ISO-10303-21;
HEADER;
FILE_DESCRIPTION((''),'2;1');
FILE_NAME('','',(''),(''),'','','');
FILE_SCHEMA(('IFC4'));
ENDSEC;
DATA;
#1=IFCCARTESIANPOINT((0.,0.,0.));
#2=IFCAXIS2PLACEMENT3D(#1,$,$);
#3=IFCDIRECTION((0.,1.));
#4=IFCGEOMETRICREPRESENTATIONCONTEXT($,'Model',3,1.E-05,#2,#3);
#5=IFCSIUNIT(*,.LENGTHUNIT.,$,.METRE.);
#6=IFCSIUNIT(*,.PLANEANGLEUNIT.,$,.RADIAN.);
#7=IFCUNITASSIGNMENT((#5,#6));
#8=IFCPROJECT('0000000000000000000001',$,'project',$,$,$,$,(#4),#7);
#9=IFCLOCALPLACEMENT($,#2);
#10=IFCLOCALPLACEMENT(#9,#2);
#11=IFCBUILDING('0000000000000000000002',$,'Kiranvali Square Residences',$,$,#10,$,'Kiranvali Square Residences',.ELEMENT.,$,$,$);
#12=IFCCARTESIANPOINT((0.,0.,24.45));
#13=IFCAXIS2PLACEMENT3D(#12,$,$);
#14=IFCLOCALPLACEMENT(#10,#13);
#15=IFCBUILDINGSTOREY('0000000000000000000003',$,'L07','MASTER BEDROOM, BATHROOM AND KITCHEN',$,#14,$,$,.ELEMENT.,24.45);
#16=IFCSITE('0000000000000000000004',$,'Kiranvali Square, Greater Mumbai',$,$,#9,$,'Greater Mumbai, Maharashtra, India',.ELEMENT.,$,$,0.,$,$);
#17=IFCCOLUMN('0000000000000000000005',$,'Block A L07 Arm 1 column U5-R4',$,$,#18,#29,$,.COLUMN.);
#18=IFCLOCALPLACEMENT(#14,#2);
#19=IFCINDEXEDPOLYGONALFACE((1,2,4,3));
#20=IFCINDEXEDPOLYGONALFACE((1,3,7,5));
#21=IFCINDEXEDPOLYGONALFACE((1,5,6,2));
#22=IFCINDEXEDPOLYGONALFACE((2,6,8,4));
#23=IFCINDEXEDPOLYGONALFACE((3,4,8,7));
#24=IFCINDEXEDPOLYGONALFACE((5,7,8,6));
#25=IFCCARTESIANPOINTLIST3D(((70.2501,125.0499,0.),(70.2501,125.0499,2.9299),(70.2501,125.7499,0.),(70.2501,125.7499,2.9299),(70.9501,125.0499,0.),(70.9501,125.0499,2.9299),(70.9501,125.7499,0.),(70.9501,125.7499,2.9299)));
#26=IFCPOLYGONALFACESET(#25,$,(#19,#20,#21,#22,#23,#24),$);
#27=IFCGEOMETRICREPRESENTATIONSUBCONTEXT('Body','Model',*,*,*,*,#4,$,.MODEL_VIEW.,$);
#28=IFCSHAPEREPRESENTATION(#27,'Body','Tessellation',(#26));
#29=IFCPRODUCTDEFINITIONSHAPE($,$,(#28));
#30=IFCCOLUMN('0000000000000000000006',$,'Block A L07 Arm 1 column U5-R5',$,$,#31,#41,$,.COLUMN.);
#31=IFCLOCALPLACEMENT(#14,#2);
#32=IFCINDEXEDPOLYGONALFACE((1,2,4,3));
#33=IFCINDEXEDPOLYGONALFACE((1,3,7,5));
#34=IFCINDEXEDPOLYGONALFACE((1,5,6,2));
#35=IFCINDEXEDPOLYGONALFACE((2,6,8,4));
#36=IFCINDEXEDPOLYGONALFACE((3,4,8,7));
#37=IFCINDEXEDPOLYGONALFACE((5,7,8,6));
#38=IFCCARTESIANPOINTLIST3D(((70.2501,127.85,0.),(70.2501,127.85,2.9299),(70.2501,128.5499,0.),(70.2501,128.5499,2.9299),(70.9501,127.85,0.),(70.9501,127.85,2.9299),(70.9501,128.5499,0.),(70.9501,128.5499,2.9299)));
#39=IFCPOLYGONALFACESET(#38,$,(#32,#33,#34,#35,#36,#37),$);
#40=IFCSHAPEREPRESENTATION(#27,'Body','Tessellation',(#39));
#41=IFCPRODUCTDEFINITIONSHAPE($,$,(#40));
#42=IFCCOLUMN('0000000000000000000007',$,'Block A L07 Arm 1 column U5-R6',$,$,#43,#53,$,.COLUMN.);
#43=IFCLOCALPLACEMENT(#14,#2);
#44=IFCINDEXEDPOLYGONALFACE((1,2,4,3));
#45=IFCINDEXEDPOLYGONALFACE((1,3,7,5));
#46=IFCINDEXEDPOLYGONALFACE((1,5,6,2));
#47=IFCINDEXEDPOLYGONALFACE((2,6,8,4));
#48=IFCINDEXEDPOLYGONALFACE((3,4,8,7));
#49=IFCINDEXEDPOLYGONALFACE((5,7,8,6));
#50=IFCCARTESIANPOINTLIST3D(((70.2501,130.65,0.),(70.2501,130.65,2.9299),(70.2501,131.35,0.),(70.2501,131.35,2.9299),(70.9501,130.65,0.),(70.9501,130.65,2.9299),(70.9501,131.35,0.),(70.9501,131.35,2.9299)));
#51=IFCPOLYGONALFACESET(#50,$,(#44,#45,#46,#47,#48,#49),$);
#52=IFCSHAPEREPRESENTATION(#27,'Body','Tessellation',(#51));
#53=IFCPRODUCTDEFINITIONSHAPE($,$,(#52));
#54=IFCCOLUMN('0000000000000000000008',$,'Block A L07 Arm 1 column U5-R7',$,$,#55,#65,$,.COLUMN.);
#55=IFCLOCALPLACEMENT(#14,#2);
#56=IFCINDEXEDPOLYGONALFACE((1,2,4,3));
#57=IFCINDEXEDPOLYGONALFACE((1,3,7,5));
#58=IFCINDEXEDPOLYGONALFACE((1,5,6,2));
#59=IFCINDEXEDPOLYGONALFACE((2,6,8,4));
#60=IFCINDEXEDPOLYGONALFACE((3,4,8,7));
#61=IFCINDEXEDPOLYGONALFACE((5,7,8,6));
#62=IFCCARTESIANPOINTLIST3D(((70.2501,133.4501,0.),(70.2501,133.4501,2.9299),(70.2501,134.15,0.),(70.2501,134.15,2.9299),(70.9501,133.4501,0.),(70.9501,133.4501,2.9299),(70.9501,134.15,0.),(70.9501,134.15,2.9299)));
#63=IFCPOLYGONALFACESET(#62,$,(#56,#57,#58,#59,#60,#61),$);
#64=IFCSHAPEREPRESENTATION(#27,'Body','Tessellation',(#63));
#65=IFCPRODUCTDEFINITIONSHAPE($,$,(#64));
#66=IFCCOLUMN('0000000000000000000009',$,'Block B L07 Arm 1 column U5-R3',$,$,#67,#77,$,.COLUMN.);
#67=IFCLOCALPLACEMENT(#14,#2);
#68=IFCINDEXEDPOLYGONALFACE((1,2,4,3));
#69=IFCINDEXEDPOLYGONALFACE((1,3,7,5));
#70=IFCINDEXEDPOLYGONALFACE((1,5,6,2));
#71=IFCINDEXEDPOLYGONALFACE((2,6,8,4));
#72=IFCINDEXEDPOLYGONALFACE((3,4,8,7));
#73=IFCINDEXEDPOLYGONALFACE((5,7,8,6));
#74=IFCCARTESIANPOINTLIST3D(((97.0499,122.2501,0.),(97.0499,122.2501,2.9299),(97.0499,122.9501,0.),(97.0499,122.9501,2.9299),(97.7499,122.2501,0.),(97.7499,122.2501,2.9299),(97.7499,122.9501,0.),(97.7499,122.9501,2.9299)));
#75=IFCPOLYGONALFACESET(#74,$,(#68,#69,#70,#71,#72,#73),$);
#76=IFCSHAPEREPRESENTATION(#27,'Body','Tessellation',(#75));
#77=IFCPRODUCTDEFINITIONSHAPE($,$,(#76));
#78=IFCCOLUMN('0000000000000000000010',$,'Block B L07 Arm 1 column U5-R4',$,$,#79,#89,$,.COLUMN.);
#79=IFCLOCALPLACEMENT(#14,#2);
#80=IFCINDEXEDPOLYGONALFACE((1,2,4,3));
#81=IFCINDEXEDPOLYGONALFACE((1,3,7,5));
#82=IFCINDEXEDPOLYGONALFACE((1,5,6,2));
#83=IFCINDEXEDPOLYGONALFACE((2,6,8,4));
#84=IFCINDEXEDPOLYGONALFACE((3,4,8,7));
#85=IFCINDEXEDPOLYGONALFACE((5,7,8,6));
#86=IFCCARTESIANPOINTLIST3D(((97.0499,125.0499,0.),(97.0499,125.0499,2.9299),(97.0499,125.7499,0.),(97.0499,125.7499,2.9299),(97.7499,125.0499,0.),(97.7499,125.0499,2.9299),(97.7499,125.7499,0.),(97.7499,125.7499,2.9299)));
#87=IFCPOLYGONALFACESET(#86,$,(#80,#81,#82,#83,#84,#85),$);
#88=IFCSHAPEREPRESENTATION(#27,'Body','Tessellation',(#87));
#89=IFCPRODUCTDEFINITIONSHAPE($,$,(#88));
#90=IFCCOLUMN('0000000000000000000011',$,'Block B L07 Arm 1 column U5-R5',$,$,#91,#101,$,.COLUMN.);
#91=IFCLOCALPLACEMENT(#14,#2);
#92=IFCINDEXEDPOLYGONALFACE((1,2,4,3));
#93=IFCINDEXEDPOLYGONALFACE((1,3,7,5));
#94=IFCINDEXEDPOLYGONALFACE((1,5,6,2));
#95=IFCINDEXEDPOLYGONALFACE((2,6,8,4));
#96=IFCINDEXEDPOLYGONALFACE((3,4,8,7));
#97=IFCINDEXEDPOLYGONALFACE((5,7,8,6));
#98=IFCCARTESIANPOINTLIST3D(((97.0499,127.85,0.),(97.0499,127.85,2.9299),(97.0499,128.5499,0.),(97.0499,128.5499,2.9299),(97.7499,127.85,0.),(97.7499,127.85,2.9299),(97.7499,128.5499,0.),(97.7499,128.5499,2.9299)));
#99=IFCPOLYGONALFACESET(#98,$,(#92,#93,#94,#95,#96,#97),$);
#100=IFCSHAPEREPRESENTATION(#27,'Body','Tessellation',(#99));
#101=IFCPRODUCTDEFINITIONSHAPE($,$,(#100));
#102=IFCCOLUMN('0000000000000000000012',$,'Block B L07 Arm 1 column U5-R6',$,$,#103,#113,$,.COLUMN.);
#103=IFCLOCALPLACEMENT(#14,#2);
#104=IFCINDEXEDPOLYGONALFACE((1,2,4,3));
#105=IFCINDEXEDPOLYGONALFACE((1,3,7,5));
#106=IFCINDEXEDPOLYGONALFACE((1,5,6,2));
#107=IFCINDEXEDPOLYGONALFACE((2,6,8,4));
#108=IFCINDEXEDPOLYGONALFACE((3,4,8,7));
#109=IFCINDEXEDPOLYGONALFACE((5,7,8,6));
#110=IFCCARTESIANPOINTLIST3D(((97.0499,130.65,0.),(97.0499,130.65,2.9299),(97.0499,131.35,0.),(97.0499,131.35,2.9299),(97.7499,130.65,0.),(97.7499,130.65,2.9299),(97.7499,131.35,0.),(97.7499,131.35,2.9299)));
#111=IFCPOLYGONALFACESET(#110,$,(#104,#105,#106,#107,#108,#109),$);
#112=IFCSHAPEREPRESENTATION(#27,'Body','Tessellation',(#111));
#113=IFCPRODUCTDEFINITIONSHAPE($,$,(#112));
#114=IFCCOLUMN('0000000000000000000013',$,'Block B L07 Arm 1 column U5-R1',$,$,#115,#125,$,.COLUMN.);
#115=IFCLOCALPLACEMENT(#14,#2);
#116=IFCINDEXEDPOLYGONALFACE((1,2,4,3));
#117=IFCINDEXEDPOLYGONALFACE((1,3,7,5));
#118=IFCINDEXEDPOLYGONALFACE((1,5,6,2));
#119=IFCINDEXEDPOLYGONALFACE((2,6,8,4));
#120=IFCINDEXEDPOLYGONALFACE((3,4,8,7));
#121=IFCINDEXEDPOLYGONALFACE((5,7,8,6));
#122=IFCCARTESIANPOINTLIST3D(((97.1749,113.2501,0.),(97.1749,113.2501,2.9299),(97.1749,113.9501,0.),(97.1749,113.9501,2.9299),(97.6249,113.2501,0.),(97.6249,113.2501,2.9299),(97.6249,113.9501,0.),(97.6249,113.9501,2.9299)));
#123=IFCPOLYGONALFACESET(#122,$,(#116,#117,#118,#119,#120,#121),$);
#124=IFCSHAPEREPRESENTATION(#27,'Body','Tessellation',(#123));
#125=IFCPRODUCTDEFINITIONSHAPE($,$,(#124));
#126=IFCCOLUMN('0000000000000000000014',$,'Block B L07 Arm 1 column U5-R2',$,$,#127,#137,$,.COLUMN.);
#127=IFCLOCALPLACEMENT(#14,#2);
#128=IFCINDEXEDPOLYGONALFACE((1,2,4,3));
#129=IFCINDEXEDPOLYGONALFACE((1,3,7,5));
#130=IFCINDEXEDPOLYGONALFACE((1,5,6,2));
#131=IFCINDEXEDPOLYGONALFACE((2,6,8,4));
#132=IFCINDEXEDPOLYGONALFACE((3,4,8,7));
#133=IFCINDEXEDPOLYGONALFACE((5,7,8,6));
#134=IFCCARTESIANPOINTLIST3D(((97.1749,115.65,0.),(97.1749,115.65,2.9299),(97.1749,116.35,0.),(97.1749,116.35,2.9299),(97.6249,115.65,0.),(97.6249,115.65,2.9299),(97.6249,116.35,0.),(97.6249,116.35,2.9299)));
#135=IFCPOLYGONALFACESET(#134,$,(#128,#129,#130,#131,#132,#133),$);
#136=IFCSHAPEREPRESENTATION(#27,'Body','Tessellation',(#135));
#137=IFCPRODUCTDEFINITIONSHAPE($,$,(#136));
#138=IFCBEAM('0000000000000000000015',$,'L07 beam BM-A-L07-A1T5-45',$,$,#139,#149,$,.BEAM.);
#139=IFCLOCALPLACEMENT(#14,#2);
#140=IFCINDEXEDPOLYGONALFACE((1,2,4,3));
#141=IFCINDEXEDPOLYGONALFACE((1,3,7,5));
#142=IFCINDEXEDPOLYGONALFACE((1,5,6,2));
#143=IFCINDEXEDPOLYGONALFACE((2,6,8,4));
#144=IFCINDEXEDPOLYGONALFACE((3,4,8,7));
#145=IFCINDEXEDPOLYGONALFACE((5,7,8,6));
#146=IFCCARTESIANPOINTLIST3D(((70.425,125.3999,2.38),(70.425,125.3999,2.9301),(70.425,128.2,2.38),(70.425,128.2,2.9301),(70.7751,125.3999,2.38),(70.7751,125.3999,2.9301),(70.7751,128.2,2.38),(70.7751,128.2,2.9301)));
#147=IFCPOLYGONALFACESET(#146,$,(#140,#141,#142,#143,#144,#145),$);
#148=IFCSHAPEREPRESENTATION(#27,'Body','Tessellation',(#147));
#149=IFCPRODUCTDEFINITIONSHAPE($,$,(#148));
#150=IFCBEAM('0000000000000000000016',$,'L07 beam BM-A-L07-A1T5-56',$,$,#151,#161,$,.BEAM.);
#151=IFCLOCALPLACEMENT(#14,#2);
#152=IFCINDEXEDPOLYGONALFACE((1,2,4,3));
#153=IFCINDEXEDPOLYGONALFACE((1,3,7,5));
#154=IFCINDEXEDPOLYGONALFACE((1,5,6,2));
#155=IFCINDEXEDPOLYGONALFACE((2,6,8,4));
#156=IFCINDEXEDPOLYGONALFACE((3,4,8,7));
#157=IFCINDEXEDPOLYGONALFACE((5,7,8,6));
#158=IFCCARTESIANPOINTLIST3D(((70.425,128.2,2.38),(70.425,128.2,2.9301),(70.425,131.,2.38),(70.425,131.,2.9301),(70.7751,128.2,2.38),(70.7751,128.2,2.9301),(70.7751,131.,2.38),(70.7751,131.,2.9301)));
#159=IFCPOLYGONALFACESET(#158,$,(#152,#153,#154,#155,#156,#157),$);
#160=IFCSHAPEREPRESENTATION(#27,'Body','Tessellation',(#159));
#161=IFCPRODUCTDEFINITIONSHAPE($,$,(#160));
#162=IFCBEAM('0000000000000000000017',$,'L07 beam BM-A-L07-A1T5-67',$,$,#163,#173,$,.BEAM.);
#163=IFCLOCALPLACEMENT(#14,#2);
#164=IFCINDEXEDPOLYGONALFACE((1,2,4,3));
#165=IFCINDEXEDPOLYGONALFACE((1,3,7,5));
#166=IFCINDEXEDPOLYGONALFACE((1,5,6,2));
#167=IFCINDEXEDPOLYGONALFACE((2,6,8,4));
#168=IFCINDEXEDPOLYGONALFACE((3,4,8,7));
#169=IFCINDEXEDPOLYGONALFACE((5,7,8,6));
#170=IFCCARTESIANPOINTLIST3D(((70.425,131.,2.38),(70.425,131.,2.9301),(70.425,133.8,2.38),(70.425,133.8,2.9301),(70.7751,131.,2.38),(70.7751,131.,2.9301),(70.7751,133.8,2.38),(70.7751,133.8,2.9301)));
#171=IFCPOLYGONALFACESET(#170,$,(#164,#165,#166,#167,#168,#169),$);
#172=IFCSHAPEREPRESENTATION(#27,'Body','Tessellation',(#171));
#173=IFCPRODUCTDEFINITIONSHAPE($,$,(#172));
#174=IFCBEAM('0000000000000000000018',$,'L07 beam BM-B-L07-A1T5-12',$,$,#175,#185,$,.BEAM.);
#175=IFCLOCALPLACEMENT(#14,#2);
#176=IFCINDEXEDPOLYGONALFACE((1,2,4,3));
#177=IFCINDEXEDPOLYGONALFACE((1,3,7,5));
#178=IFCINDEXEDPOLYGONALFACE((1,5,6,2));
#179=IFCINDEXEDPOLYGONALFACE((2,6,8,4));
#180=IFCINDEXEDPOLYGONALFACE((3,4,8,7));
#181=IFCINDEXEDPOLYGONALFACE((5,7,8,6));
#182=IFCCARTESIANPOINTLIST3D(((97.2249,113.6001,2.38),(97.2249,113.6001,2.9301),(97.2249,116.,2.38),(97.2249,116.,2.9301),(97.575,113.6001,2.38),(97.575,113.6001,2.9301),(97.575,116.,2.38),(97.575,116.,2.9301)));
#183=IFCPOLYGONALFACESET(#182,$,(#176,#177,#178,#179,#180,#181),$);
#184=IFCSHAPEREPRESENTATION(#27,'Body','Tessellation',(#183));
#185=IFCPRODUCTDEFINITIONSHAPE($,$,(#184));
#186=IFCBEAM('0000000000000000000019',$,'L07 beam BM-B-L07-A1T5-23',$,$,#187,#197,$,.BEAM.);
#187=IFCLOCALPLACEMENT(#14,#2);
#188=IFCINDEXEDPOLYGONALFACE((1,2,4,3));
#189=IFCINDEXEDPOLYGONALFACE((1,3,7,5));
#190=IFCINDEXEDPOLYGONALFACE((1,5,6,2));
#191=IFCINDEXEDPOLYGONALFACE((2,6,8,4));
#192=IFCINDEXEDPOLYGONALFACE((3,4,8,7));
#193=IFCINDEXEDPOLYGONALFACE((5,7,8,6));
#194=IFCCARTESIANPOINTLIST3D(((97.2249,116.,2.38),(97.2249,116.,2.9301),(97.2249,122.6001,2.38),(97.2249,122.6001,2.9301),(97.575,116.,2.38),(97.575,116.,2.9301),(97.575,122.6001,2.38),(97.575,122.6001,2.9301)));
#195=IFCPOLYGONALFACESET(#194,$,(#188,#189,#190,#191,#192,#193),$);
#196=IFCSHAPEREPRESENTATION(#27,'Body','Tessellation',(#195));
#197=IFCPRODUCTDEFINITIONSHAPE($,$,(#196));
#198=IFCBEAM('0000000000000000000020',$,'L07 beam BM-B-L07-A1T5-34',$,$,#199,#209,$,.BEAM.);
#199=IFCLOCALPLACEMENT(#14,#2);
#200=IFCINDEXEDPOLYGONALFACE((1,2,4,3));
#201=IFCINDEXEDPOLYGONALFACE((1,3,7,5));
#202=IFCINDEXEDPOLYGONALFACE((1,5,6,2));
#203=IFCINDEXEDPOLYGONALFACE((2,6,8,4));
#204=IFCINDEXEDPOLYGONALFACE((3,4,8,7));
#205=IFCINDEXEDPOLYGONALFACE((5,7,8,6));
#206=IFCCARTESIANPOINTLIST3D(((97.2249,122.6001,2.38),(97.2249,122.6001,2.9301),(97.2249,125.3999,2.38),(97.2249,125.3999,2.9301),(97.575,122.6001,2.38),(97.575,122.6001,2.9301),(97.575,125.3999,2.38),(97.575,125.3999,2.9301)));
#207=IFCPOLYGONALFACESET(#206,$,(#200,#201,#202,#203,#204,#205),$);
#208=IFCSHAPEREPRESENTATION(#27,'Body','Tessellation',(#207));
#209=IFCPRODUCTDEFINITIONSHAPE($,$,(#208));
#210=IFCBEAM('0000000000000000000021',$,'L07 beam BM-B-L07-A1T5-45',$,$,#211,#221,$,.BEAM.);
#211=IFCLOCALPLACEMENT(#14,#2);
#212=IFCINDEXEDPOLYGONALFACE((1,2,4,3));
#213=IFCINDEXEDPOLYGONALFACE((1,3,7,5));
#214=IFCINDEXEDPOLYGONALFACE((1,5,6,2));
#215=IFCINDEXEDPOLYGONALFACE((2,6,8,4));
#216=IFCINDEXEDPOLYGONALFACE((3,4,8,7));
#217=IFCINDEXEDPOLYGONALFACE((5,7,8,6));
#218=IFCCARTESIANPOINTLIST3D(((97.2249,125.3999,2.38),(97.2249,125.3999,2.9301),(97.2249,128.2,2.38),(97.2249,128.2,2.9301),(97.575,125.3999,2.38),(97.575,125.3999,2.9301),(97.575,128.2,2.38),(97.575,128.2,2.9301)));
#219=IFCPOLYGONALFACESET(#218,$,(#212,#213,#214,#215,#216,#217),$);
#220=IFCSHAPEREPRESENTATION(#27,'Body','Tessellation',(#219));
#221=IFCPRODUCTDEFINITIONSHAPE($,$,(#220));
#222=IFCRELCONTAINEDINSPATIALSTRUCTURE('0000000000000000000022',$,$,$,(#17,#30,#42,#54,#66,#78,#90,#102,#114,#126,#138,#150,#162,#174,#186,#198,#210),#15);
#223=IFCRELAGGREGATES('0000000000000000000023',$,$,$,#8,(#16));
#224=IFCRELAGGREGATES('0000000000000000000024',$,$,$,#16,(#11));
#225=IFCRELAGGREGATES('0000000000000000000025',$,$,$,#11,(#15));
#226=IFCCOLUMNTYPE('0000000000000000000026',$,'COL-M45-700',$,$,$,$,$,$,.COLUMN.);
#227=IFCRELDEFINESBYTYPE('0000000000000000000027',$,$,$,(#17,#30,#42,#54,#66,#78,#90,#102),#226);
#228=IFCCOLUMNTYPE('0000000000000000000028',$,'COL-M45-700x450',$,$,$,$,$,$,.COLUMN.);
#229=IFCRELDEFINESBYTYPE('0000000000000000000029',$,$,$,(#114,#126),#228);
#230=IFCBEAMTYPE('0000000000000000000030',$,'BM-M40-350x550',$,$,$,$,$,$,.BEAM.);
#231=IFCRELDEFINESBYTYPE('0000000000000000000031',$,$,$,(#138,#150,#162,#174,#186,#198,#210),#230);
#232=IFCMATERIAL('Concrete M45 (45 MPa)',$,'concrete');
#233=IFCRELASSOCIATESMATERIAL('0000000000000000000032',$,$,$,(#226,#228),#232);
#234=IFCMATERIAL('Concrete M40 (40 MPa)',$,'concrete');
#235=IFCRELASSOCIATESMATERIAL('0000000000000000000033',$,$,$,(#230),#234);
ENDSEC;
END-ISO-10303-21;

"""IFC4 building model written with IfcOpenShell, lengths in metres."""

from ifc_helpers import new_model, si_unit, direction, frame, origin, origin_2d, place, context, subcontext, project, spatial, rectangle, extrude, material, material_profile, profile_set, type_object, element, save


model = new_model("IFC4")

# Units and contexts
model_context = context("Model", 3, precision=1e-05, world=origin(), true_north=direction((0.0, 1.0)))
body_context = subcontext(model_context, "Body", "Model", "MODEL_VIEW")
ifc_project = project(units=[si_unit("LENGTHUNIT", "METRE"), si_unit("PLANEANGLEUNIT", "RADIAN")], contexts=[model_context])

# Site, building, storey
site_placement = place(None, origin())
site = spatial("IfcSite", under=ifc_project, at=site_placement, Name="Kiranvali Square, Greater Mumbai", LongName="Greater Mumbai, Maharashtra, India", CompositionType="ELEMENT", RefElevation=0.0)
building_placement = place(site_placement, origin())
building = spatial("IfcBuilding", under=site, at=building_placement, Name="Kiranvali Square Residences", LongName="Kiranvali Square Residences", CompositionType="ELEMENT")
storey_placement = place(building_placement, frame((0.0, 0.0, 24.45)))
storey = spatial("IfcBuildingStorey", under=building, at=storey_placement, Name="L07", Description="MASTER BEDROOM, BATHROOM AND KITCHEN", CompositionType="ELEMENT", Elevation=24.45)

# Columns
ifc_material_1 = material(Name="Concrete M45 (45 MPa)", Category="concrete")
ifc_material_profile_1 = material_profile(ifc_material_1, rectangle(XDim=0.7, YDim=0.7, at=origin_2d()), Name="RC 700x700")
ifc_profile_set_1 = profile_set([ifc_material_profile_1], Name="Concrete M45 (45 MPa)")
column_type_1 = type_object("IfcColumnType", Name="COL-M45-700", PredefinedType="COLUMN", material=ifc_profile_set_1)
for number, where, z_axis, x_axis, name in (
    (1, (70.6001, 125.3999, 0.0), (0.0, 0.0, 1.0), (1.0, 0.0, 0.0), "Block A L07 Arm 1 column U5-R4"),
    (2, (70.6001, 128.2, 0.0), (0.0, 0.0, 1.0), (1.0, 0.0, 0.0), "Block A L07 Arm 1 column U5-R5"),
    (3, (70.6001, 131.0, 0.0), (0.0, 0.0, 1.0), (1.0, 0.0, 0.0), "Block A L07 Arm 1 column U5-R6"),
    (4, (70.6001, 133.8, 0.0), (0.0, 0.0, 1.0), (1.0, 0.0, 0.0), "Block A L07 Arm 1 column U5-R7"),
    (5, (97.3999, 122.6001, 0.0), (0.0, 0.0, 1.0), (1.0, 0.0, 0.0), "Block B L07 Arm 1 column U5-R3"),
    (6, (97.3999, 125.3999, 0.0), (0.0, 0.0, 1.0), (1.0, 0.0, 0.0), "Block B L07 Arm 1 column U5-R4"),
    (7, (97.3999, 128.2, 0.0), (0.0, 0.0, 1.0), (1.0, 0.0, 0.0), "Block B L07 Arm 1 column U5-R5"),
    (8, (97.3999, 131.0, 0.0), (0.0, 0.0, 1.0), (1.0, 0.0, 0.0), "Block B L07 Arm 1 column U5-R6"),
):
    element("IfcColumn", number, at=place(storey_placement, frame(where, z_axis=z_axis, x_axis=x_axis)), inside=storey, type_object=column_type_1, Name=name, PredefinedType="COLUMN", context=body_context, shape_type="SweptSolid", body=[
        extrude(rectangle(XDim=0.7, YDim=0.7, at=origin_2d()), origin(), (0.0, 0.0, 1.0), 2.9299),
    ])
ifc_material_profile_2 = material_profile(ifc_material_1, rectangle(XDim=0.45, YDim=0.7, at=origin_2d()), Name="RC 700x450")
ifc_profile_set_2 = profile_set([ifc_material_profile_2], Name="Concrete M45 (45 MPa)")
column_type_2 = type_object("IfcColumnType", Name="COL-M45-700x450", PredefinedType="COLUMN", material=ifc_profile_set_2)
for number, where, z_axis, x_axis, name in (
    (9, (97.3999, 113.6001, 0.0), (0.0, 0.0, 1.0), (1.0, 0.0, 0.0), "Block B L07 Arm 1 column U5-R1"),
    (10, (97.3999, 116.0, 0.0), (0.0, 0.0, 1.0), (1.0, 0.0, 0.0), "Block B L07 Arm 1 column U5-R2"),
):
    element("IfcColumn", number, at=place(storey_placement, frame(where, z_axis=z_axis, x_axis=x_axis)), inside=storey, type_object=column_type_2, Name=name, PredefinedType="COLUMN", context=body_context, shape_type="SweptSolid", body=[
        extrude(rectangle(XDim=0.45, YDim=0.7, at=origin_2d()), origin(), (0.0, 0.0, 1.0), 2.9299),
    ])

# Beams
ifc_material_2 = material(Name="Concrete M40 (40 MPa)", Category="concrete")
ifc_material_profile_3 = material_profile(ifc_material_2, rectangle(XDim=0.3501, YDim=0.55, at=origin_2d()), Name="RC 350x550")
ifc_profile_set_3 = profile_set([ifc_material_profile_3], Name="Concrete M40 (40 MPa)")
beam_type = type_object("IfcBeamType", Name="BM-M40-350x550", PredefinedType="BEAM", material=ifc_profile_set_3)
for number, where, z_axis, x_axis, name in (
    (11, (70.6001, 125.3999, 2.655), (0.0, 1.0, 0.0), (-1.0, 0.0, 0.0), "L07 beam BM-A-L07-A1T5-45"),
    (12, (70.6001, 128.2, 2.655), (0.0, 1.0, 0.0), (-1.0, 0.0, 0.0), "L07 beam BM-A-L07-A1T5-56"),
    (13, (70.6001, 131.0, 2.655), (0.0, 1.0, 0.0), (-1.0, 0.0, 0.0), "L07 beam BM-A-L07-A1T5-67"),
):
    element("IfcBeam", number, at=place(storey_placement, frame(where, z_axis=z_axis, x_axis=x_axis)), inside=storey, type_object=beam_type, Name=name, PredefinedType="BEAM", context=body_context, shape_type="SweptSolid", body=[
        extrude(rectangle(XDim=0.3501, YDim=0.55, at=origin_2d()), origin(), (0.0, 0.0, 1.0), 2.8),
    ])
beam_1_placement = place(storey_placement, frame((97.3999, 113.6001, 2.655), z_axis=(0.0, 1.0, 0.0), x_axis=(-1.0, 0.0, 0.0)))
element("IfcBeam", 14, at=beam_1_placement, inside=storey, type_object=beam_type, Name="L07 beam BM-B-L07-A1T5-12", PredefinedType="BEAM", context=body_context, shape_type="SweptSolid", body=[
    extrude(rectangle(XDim=0.3501, YDim=0.55, at=origin_2d()), origin(), (0.0, 0.0, 1.0), 2.3999),
])
beam_2_placement = place(storey_placement, frame((97.3999, 116.0, 2.655), z_axis=(0.0, 1.0, 0.0), x_axis=(-1.0, 0.0, 0.0)))
element("IfcBeam", 15, at=beam_2_placement, inside=storey, type_object=beam_type, Name="L07 beam BM-B-L07-A1T5-23", PredefinedType="BEAM", context=body_context, shape_type="SweptSolid", body=[
    extrude(rectangle(XDim=0.3501, YDim=0.55, at=origin_2d()), origin(), (0.0, 0.0, 1.0), 6.6001),
])
beam_3_placement = place(storey_placement, frame((97.3999, 122.6001, 2.655), z_axis=(0.0, 1.0, 0.0), x_axis=(-1.0, 0.0, 0.0)))
element("IfcBeam", 16, at=beam_3_placement, inside=storey, type_object=beam_type, Name="L07 beam BM-B-L07-A1T5-34", PredefinedType="BEAM", context=body_context, shape_type="SweptSolid", body=[
    extrude(rectangle(XDim=0.3501, YDim=0.55, at=origin_2d()), origin(), (0.0, 0.0, 1.0), 2.7998),
])
for number, where, z_axis, x_axis, name in (
    (17, (97.3999, 125.3999, 2.655), (0.0, 1.0, 0.0), (-1.0, 0.0, 0.0), "L07 beam BM-B-L07-A1T5-45"),
):
    element("IfcBeam", number, at=place(storey_placement, frame(where, z_axis=z_axis, x_axis=x_axis)), inside=storey, type_object=beam_type, Name=name, PredefinedType="BEAM", context=body_context, shape_type="SweptSolid", body=[
        extrude(rectangle(XDim=0.3501, YDim=0.55, at=origin_2d()), origin(), (0.0, 0.0, 1.0), 2.8),
    ])

save(model, "model.ifc")
